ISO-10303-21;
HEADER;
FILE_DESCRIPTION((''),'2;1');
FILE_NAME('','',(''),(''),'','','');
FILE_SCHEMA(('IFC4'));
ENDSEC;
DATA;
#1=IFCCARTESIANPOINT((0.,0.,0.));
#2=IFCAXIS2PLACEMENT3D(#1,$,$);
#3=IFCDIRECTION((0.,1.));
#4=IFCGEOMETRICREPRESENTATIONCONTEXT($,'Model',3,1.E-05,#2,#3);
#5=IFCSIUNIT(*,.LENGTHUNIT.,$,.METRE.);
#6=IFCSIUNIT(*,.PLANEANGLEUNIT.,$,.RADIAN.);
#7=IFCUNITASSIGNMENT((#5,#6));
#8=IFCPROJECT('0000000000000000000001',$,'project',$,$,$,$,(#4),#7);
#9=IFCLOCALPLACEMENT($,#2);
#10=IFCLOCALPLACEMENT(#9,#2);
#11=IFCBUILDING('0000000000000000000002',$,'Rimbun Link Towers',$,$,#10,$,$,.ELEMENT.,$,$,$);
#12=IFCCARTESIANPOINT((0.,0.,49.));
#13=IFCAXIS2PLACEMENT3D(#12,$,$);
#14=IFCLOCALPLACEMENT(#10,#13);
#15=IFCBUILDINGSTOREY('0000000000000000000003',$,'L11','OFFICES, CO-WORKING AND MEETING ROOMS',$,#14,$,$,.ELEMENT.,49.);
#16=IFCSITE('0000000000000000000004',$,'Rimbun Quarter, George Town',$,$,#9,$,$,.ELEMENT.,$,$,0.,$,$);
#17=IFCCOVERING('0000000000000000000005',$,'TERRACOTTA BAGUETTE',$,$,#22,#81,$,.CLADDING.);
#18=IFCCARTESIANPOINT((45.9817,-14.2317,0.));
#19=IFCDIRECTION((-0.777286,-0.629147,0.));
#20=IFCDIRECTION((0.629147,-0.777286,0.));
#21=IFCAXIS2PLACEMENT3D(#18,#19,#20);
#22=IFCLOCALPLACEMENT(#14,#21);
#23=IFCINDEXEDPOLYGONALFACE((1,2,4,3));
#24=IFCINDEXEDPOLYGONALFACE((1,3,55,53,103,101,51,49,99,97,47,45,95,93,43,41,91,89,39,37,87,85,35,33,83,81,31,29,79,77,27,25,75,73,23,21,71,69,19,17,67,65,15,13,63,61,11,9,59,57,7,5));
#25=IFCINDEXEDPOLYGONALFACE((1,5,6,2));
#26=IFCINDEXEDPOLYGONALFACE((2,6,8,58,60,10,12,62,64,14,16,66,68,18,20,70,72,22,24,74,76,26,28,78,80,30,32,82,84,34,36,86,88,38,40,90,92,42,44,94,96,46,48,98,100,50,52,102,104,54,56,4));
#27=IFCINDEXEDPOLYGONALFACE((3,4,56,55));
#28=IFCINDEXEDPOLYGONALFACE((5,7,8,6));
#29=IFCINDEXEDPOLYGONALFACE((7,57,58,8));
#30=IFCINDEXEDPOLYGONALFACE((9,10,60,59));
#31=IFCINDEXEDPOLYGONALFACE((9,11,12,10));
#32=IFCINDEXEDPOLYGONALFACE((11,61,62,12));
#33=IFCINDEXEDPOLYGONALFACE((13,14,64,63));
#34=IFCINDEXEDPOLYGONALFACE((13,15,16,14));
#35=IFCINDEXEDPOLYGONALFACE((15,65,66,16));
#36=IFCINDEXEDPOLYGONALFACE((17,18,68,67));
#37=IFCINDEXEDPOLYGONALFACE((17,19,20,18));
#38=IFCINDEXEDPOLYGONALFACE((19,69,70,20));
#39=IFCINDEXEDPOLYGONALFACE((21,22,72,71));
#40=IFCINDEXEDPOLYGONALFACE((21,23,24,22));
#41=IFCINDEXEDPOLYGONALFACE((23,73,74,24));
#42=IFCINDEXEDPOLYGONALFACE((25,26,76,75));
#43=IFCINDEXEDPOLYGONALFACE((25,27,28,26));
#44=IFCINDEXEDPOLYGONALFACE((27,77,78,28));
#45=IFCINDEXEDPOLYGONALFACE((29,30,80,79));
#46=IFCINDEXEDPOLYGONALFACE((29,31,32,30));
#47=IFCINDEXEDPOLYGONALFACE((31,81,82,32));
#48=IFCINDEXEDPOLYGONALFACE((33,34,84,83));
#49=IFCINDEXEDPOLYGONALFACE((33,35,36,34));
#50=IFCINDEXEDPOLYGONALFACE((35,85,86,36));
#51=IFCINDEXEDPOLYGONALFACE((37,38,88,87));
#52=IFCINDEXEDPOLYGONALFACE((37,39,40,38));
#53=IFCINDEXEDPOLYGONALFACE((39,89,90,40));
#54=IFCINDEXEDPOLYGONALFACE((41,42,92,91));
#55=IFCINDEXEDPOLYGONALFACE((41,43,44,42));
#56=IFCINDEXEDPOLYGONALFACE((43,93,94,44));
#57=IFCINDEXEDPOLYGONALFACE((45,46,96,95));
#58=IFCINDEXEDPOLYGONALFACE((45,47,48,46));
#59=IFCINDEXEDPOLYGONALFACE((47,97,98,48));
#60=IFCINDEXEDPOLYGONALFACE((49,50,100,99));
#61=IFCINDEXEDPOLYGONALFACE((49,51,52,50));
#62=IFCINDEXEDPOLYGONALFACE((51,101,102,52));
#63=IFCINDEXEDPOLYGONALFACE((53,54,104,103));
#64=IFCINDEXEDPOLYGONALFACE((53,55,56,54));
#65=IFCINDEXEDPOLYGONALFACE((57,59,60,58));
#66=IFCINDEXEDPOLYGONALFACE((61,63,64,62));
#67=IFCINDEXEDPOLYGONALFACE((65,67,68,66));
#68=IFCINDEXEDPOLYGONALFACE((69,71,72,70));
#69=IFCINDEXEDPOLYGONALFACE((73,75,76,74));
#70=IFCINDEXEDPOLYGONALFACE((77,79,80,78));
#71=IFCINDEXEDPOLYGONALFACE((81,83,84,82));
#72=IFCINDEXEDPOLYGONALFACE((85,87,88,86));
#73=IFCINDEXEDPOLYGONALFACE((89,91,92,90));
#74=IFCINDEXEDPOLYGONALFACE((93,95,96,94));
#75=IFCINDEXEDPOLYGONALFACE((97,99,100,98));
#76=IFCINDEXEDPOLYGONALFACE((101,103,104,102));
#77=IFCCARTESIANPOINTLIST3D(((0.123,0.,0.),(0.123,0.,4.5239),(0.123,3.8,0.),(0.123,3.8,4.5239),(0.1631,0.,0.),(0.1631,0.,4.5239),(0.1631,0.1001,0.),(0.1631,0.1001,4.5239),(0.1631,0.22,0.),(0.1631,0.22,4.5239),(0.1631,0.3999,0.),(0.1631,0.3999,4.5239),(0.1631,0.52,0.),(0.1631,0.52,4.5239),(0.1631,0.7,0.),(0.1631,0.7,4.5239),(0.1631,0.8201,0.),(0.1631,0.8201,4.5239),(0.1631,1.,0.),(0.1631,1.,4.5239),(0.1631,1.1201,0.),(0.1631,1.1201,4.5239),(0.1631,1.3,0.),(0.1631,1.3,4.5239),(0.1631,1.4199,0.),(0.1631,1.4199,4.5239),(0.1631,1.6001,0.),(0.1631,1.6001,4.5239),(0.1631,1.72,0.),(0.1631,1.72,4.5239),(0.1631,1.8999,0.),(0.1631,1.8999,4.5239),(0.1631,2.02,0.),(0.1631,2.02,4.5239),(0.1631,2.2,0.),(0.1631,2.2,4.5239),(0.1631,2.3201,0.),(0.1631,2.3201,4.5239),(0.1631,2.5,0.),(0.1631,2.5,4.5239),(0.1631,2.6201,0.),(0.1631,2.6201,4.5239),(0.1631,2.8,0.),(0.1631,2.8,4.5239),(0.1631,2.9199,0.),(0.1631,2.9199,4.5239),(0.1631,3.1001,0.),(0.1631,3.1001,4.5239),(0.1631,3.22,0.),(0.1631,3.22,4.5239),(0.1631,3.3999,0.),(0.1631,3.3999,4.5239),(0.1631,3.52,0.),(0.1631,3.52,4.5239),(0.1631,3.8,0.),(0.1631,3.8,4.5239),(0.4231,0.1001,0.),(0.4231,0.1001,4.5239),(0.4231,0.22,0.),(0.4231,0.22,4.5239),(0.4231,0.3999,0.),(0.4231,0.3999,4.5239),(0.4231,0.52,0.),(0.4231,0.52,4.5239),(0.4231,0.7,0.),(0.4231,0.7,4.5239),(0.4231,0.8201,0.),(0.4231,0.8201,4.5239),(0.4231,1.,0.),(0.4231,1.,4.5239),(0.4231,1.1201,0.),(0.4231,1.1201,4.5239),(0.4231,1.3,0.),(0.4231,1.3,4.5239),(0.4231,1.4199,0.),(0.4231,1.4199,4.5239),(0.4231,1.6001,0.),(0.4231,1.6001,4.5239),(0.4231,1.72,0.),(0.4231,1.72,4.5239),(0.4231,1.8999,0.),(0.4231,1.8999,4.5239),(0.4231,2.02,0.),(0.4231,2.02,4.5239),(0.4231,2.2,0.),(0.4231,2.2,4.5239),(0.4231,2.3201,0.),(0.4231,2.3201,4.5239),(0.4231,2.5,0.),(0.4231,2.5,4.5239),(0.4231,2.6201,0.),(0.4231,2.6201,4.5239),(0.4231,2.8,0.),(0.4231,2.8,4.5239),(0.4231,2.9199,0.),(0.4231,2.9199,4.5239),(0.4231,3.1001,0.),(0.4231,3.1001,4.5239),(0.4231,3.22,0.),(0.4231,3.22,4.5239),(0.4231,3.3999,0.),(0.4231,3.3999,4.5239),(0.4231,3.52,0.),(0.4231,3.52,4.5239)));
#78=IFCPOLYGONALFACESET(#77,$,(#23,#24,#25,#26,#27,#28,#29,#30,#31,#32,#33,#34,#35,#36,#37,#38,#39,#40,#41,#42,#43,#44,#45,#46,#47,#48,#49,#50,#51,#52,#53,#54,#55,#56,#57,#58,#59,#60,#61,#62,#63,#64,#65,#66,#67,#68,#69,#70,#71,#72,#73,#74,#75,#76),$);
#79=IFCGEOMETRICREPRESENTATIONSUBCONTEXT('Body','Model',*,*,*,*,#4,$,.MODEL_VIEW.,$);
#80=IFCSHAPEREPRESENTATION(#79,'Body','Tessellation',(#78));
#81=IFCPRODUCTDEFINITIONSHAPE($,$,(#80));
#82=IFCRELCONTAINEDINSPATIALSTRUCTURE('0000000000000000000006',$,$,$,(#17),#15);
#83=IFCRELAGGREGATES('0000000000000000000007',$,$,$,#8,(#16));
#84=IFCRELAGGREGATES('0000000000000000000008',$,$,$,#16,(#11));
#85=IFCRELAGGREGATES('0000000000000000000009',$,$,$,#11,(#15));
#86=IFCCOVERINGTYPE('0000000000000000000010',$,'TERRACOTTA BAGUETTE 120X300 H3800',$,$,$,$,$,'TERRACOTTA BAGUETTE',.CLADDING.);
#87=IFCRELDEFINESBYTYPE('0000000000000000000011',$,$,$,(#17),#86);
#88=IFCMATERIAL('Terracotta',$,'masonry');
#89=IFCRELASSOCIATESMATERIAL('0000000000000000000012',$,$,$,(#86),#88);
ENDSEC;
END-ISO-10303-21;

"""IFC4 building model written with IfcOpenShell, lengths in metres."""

from ifc_helpers import new_model, si_unit, direction, frame, origin, place, context, subcontext, project, spatial, polyline, outline, extrude, material, material_profile, profile_set, type_object, element, save


model = new_model("IFC4")

# Units and contexts
model_context = context("Model", 3, precision=1e-05, world=origin(), true_north=direction((0.0, 1.0)))
body_context = subcontext(model_context, "Body", "Model", "MODEL_VIEW")
ifc_project = project(units=[si_unit("LENGTHUNIT", "METRE"), si_unit("PLANEANGLEUNIT", "RADIAN")], contexts=[model_context])

# Site, building, storey
site_placement = place(None, origin())
site = spatial("IfcSite", under=ifc_project, at=site_placement, Name="Rimbun Quarter, George Town", CompositionType="ELEMENT", RefElevation=0.0)
building_placement = place(site_placement, origin())
building = spatial("IfcBuilding", under=site, at=building_placement, Name="Rimbun Link Towers", CompositionType="ELEMENT")
storey_placement = place(building_placement, frame((0.0, 0.0, 49.0)))
storey = spatial("IfcBuildingStorey", under=building, at=storey_placement, Name="L11", Description="OFFICES, CO-WORKING AND MEETING ROOMS", CompositionType="ELEMENT", Elevation=49.0)

# Covering
ifc_material_1 = material(Name="Terracotta", Category="masonry")
ifc_material_profile_1 = material_profile(ifc_material_1, outline(polyline([(0.123, 0.0), (0.1631, 0.0), (0.1631, 0.1001), (0.4231, 0.1001), (0.4231, 0.22), (0.1631, 0.22), (0.1631, 0.3999), (0.4231, 0.3999), (0.4231, 0.52), (0.1631, 0.52), (0.1631, 0.7), (0.4231, 0.7), (0.4231, 0.8201), (0.1631, 0.8201), (0.1631, 1.0), (0.4231, 1.0), (0.4231, 1.1201), (0.1631, 1.1201), (0.1631, 1.3), (0.4231, 1.3), (0.4231, 1.4199), (0.1631, 1.4199), (0.1631, 1.6001), (0.4231, 1.6001), (0.4231, 1.72), (0.1631, 1.72), (0.1631, 1.8999), (0.4231, 1.8999), (0.4231, 2.02), (0.1631, 2.02), (0.1631, 2.2), (0.4231, 2.2), (0.4231, 2.3201), (0.1631, 2.3201), (0.1631, 2.5), (0.4231, 2.5), (0.4231, 2.6201), (0.1631, 2.6201), (0.1631, 2.8), (0.4231, 2.8), (0.4231, 2.9199), (0.1631, 2.9199), (0.1631, 3.1001), (0.4231, 3.1001), (0.4231, 3.22), (0.1631, 3.22), (0.1631, 3.3999), (0.4231, 3.3999), (0.4231, 3.52), (0.1631, 3.52), (0.1631, 3.8), (0.123, 3.8), (0.123, 0.0)])), Name="BAGUETTE 120X300")
ifc_profile_set_1 = profile_set([ifc_material_profile_1], Name="Terracotta")
covering_type = type_object("IfcCoveringType", Name="TERRACOTTA BAGUETTE 120X300 H3800", ElementType="TERRACOTTA BAGUETTE", PredefinedType="CLADDING", material=ifc_profile_set_1)
covering_1_placement = place(storey_placement, frame((45.9817, -14.2317, 0.0), z_axis=(-0.777286, -0.629147, 0.0), x_axis=(0.629147, -0.777286, 0.0)))
element("IfcCovering", 1, at=covering_1_placement, inside=storey, type_object=covering_type, Name="TERRACOTTA BAGUETTE", PredefinedType="CLADDING", context=body_context, shape_type="SweptSolid", body=[
    extrude(outline(polyline([(0.123, 0.0), (0.1631, 0.0), (0.1631, 0.1001), (0.4231, 0.1001), (0.4231, 0.22), (0.1631, 0.22), (0.1631, 0.3999), (0.4231, 0.3999), (0.4231, 0.52), (0.1631, 0.52), (0.1631, 0.7), (0.4231, 0.7), (0.4231, 0.8201), (0.1631, 0.8201), (0.1631, 1.0), (0.4231, 1.0), (0.4231, 1.1201), (0.1631, 1.1201), (0.1631, 1.3), (0.4231, 1.3), (0.4231, 1.4199), (0.1631, 1.4199), (0.1631, 1.6001), (0.4231, 1.6001), (0.4231, 1.72), (0.1631, 1.72), (0.1631, 1.8999), (0.4231, 1.8999), (0.4231, 2.02), (0.1631, 2.02), (0.1631, 2.2), (0.4231, 2.2), (0.4231, 2.3201), (0.1631, 2.3201), (0.1631, 2.5), (0.4231, 2.5), (0.4231, 2.6201), (0.1631, 2.6201), (0.1631, 2.8), (0.4231, 2.8), (0.4231, 2.9199), (0.1631, 2.9199), (0.1631, 3.1001), (0.4231, 3.1001), (0.4231, 3.22), (0.1631, 3.22), (0.1631, 3.3999), (0.4231, 3.3999), (0.4231, 3.52), (0.1631, 3.52), (0.1631, 3.8), (0.123, 3.8), (0.123, 0.0)])), origin(), (0.0, 0.0, 1.0), 4.5239),
])

save(model, "model.ifc")
